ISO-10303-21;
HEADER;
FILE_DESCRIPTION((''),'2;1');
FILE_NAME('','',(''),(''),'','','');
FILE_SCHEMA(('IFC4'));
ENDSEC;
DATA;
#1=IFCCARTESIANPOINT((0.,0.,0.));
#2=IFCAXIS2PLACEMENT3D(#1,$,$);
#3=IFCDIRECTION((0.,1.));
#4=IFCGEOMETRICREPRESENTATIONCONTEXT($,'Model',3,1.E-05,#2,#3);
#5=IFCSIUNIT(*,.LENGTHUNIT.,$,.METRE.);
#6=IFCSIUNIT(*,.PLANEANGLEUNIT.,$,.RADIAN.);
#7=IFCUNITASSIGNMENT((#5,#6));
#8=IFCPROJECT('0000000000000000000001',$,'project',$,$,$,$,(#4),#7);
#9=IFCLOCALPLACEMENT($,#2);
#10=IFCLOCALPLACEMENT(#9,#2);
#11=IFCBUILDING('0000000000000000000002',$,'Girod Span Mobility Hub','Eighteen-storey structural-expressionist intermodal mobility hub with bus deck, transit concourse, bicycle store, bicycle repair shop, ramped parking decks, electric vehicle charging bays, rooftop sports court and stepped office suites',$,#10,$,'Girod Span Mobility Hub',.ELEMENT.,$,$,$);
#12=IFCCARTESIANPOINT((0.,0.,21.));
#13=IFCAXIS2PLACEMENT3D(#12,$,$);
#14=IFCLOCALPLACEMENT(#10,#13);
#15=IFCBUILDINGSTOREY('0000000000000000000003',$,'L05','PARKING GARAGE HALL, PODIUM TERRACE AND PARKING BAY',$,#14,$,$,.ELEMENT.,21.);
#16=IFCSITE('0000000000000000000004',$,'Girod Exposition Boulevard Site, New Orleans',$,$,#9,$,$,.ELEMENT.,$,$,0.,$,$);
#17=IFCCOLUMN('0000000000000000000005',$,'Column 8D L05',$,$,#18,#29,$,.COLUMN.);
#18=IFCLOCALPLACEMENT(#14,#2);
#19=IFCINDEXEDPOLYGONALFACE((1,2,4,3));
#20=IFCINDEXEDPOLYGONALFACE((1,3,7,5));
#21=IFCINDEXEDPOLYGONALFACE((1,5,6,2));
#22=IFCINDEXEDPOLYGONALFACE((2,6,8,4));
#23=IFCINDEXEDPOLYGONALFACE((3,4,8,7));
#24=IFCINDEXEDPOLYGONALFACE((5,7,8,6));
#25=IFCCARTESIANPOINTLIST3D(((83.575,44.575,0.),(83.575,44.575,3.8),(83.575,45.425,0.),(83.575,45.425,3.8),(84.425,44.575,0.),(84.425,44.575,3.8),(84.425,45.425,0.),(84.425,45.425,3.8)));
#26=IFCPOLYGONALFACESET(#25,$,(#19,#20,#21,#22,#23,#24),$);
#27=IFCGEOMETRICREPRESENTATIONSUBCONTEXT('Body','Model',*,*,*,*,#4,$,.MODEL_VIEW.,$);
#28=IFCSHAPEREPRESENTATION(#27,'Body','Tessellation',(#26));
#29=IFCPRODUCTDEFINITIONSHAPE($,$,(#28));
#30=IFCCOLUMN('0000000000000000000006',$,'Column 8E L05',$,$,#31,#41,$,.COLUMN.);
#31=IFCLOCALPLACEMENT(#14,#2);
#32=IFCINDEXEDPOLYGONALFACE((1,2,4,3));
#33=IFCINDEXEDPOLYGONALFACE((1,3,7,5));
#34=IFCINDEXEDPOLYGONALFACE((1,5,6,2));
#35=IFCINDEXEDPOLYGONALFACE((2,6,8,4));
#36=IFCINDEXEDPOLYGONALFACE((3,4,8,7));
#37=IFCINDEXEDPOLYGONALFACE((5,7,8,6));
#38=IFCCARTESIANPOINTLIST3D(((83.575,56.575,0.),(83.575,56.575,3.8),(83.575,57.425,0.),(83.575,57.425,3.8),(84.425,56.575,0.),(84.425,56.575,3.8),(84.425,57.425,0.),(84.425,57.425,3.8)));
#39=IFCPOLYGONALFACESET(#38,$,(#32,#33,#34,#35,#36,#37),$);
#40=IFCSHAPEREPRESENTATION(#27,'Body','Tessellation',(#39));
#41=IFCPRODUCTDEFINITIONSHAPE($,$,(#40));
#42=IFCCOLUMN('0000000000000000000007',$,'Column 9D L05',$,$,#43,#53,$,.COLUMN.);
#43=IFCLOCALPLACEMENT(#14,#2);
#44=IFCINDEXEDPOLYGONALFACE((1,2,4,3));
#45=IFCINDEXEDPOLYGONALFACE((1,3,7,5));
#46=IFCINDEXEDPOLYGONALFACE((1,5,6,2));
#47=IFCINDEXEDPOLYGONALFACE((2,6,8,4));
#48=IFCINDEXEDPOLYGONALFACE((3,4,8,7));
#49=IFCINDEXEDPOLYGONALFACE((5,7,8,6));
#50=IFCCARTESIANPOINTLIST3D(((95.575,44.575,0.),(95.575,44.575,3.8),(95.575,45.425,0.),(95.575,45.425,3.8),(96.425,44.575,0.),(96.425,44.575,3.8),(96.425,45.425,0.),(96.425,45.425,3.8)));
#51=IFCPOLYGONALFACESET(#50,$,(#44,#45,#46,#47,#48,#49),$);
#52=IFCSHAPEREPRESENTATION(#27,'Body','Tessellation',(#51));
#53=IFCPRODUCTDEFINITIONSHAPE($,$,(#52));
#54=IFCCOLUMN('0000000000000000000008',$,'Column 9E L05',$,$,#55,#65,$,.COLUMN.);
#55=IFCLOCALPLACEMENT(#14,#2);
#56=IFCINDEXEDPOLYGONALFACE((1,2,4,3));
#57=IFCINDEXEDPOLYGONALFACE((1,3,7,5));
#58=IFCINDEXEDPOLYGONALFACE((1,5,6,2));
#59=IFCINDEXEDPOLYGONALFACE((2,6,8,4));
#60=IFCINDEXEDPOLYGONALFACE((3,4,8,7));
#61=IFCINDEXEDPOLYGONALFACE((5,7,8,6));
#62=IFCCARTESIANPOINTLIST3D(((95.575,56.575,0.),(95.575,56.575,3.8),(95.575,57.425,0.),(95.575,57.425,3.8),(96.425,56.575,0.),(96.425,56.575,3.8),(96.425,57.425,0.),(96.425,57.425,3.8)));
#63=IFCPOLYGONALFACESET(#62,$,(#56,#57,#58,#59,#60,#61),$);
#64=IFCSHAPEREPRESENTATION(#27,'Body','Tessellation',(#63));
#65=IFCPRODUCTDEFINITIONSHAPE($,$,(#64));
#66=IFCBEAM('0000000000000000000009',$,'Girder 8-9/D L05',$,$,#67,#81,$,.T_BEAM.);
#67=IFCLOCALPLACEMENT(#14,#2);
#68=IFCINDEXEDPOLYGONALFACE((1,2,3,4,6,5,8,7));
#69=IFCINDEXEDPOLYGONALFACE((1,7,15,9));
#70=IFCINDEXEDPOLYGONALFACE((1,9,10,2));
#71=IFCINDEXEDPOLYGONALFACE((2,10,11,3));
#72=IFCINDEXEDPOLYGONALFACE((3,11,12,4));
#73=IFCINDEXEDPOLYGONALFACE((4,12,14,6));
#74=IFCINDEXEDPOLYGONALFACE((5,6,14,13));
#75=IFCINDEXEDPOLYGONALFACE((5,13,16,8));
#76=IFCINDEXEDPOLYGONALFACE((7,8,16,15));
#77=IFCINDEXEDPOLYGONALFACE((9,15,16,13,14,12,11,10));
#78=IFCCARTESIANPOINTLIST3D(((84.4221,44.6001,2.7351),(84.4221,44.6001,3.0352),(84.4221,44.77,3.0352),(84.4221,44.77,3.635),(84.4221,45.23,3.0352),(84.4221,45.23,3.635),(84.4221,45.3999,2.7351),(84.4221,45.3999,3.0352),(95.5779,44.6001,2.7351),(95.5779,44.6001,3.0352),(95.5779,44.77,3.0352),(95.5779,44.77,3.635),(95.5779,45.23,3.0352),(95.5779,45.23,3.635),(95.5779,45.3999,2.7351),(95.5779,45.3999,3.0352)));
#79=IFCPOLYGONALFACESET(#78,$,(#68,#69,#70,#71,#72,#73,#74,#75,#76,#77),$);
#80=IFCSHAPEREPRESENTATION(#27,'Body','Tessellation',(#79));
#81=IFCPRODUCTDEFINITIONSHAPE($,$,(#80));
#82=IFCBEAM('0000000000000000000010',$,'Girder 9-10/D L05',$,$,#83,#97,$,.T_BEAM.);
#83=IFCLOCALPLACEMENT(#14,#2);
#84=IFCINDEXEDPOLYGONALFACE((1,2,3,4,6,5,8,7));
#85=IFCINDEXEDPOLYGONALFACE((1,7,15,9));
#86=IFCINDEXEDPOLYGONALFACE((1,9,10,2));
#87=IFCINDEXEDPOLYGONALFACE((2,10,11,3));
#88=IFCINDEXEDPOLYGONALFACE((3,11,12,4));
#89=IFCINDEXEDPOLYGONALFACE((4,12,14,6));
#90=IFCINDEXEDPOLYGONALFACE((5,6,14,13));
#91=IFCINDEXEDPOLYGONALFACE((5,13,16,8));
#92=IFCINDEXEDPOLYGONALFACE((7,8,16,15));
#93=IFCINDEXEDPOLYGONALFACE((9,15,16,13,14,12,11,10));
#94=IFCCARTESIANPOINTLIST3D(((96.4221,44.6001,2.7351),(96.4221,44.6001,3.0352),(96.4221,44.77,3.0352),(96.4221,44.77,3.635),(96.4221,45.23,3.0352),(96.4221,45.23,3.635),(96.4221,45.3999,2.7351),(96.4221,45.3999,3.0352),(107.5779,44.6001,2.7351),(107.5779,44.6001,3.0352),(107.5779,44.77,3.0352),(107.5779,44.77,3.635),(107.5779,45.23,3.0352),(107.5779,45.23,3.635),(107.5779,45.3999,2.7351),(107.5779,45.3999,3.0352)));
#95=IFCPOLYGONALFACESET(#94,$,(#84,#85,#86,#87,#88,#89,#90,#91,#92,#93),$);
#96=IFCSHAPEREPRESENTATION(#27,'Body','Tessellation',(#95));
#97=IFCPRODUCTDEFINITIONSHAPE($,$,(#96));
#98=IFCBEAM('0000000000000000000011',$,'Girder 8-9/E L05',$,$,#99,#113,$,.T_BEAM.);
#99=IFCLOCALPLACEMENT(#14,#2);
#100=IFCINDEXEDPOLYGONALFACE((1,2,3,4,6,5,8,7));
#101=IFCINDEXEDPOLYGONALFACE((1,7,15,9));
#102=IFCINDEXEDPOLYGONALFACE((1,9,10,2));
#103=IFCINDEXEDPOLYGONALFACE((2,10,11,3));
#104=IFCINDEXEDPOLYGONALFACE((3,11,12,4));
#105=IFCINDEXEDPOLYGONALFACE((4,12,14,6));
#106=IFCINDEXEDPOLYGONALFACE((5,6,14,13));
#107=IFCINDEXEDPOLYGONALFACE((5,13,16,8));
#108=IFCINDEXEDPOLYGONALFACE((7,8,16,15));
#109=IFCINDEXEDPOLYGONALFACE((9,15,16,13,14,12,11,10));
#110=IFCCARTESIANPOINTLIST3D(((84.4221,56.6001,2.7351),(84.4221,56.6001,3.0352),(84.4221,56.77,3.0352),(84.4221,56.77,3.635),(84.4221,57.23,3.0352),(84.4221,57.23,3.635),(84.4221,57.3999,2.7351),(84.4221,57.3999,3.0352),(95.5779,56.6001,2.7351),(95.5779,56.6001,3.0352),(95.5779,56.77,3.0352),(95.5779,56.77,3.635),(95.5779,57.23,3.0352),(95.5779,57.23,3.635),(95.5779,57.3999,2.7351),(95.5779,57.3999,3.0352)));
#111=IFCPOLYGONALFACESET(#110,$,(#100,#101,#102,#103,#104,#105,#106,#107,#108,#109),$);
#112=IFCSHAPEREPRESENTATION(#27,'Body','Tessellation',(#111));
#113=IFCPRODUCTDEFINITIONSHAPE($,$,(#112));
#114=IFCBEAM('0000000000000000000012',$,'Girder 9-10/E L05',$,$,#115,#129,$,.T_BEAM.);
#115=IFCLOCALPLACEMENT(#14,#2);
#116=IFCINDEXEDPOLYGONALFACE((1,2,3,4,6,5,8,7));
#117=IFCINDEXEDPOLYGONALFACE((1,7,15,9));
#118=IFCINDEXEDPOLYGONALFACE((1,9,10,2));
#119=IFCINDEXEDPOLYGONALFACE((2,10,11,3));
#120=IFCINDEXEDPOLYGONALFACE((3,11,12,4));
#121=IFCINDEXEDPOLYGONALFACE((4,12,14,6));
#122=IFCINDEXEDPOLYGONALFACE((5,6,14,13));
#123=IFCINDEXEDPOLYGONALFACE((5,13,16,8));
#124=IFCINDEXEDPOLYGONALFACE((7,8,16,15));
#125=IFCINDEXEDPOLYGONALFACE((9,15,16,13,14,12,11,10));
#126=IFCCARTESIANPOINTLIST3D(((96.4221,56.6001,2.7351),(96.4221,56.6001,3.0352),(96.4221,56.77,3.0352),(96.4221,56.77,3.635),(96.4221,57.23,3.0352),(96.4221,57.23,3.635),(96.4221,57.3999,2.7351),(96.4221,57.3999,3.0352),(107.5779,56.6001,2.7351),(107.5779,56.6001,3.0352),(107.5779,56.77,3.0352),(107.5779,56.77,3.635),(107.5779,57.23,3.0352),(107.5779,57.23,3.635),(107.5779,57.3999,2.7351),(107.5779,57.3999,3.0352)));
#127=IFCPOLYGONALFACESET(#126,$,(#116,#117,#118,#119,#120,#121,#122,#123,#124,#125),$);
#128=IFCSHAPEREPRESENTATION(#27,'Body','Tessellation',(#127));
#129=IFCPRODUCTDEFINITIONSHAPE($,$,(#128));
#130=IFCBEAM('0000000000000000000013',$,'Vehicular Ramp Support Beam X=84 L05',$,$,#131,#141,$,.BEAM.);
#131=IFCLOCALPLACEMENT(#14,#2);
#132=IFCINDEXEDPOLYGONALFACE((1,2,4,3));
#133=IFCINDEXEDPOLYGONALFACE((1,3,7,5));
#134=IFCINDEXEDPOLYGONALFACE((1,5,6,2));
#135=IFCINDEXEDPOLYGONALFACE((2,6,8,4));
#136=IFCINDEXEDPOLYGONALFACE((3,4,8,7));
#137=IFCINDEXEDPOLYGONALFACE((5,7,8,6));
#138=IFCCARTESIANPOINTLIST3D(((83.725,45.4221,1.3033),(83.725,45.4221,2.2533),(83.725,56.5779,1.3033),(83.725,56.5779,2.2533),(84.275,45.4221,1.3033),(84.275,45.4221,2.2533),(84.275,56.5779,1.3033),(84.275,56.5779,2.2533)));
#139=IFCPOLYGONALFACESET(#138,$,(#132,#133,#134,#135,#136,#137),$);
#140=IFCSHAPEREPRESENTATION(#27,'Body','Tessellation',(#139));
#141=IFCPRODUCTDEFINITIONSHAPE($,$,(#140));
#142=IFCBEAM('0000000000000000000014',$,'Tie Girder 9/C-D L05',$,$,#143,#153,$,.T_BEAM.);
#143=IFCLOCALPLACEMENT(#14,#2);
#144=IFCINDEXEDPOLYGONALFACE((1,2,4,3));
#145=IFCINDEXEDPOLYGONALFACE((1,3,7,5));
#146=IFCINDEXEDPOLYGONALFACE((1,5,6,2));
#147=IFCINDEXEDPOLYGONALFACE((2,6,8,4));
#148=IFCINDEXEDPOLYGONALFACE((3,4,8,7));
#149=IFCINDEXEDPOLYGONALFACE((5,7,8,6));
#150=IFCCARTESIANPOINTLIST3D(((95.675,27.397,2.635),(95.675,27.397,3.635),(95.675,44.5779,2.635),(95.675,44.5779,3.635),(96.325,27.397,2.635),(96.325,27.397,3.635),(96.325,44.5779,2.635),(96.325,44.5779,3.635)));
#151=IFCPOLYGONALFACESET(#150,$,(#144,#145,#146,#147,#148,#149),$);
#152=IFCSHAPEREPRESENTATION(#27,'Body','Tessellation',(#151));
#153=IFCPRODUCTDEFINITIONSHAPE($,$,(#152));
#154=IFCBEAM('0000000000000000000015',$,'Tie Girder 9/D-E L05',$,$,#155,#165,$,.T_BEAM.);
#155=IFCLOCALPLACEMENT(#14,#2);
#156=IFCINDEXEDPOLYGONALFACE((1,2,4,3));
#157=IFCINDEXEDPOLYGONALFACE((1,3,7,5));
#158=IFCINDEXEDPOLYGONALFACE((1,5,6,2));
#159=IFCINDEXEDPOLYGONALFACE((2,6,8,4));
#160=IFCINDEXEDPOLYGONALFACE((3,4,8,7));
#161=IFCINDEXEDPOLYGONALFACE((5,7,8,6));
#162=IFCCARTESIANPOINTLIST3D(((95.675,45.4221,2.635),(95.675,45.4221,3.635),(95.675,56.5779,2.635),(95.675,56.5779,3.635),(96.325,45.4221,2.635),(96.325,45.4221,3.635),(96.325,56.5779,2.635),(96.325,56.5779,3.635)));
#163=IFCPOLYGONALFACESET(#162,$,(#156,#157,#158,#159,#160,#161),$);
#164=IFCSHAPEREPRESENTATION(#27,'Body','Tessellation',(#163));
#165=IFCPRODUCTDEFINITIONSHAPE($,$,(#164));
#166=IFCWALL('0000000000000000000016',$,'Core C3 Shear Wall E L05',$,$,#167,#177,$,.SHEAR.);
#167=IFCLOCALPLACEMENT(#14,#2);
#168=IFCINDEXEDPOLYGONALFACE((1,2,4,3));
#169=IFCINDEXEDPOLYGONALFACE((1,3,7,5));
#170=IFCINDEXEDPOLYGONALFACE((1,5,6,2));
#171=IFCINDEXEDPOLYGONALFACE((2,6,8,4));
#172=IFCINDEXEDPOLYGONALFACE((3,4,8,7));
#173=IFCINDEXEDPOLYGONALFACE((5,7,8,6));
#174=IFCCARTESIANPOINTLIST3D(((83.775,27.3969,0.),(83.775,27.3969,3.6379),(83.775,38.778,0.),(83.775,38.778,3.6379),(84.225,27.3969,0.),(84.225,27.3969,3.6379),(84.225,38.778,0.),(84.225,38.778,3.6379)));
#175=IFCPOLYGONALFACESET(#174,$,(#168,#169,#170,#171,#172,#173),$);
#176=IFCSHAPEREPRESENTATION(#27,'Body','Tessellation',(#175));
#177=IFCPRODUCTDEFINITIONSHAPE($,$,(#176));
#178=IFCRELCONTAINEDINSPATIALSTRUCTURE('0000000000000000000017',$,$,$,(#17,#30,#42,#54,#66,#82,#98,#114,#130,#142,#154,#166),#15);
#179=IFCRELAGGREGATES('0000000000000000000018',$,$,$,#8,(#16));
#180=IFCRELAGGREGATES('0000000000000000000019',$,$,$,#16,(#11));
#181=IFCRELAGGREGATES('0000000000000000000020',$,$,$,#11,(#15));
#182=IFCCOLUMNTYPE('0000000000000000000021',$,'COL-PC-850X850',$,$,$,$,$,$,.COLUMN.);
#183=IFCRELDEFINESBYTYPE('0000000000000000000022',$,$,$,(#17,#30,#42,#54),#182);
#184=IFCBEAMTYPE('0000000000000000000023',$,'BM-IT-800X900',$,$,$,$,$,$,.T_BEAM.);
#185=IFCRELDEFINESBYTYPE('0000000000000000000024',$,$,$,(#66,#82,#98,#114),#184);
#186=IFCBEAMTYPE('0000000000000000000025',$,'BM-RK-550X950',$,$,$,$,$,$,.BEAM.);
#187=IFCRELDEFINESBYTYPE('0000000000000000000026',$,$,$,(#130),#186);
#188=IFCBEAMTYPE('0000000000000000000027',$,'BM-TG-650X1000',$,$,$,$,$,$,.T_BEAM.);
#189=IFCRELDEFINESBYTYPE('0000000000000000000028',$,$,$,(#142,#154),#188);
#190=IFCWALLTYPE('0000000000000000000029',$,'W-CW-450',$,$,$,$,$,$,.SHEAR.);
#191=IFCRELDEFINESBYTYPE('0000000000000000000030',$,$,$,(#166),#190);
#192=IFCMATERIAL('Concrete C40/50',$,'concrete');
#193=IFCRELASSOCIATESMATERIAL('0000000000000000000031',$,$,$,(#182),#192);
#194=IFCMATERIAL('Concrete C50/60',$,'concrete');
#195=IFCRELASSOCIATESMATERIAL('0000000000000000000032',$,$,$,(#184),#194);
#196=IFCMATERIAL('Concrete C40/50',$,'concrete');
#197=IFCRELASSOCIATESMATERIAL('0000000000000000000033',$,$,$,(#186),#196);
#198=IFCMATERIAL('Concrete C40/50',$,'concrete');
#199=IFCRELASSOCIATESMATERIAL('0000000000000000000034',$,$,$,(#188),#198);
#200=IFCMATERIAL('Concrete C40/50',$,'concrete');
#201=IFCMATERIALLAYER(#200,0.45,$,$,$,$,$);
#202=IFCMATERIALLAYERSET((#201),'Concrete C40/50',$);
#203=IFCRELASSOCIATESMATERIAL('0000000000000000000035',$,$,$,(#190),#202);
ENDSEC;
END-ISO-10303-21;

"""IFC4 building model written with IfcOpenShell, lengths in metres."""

from ifc_helpers import new_model, si_unit, direction, frame, frame_2d, origin, origin_2d, place, context, subcontext, project, spatial, polyline, rectangle, outline, extrude, material, layer, layer_set, material_profile, profile_set, type_object, element, save


model = new_model("IFC4")

# Units and contexts
model_context = context("Model", 3, precision=1e-05, world=origin(), true_north=direction((0.0, 1.0)))
body_context = subcontext(model_context, "Body", "Model", "MODEL_VIEW")
ifc_project = project(units=[si_unit("LENGTHUNIT", "METRE"), si_unit("PLANEANGLEUNIT", "RADIAN")], contexts=[model_context])

# Site, building, storey
site_placement = place(None, origin())
site = spatial("IfcSite", under=ifc_project, at=site_placement, Name="Girod Exposition Boulevard Site, New Orleans", CompositionType="ELEMENT", RefElevation=0.0)
building_placement = place(site_placement, origin())
building = spatial("IfcBuilding", under=site, at=building_placement, Name="Girod Span Mobility Hub", Description="Eighteen-storey structural-expressionist intermodal mobility hub with bus deck, transit concourse, bicycle store, bicycle repair shop, ramped parking decks, electric vehicle charging bays, rooftop sports court and stepped office suites", LongName="Girod Span Mobility Hub", CompositionType="ELEMENT")
storey_placement = place(building_placement, frame((0.0, 0.0, 21.0)))
storey = spatial("IfcBuildingStorey", under=building, at=storey_placement, Name="L05", Description="PARKING GARAGE HALL, PODIUM TERRACE AND PARKING BAY", CompositionType="ELEMENT", Elevation=21.0)

# Columns
ifc_material_1 = material(Name="Concrete C40/50", Category="concrete")
ifc_material_profile_1 = material_profile(ifc_material_1, rectangle(XDim=0.8501, YDim=0.8501, at=origin_2d()), Name="PC-COL-850X850")
ifc_profile_set_1 = profile_set([ifc_material_profile_1], Name="Concrete C40/50")
column_type = type_object("IfcColumnType", Name="COL-PC-850X850", PredefinedType="COLUMN", material=ifc_profile_set_1)
for number, where, z_axis, x_axis, name in (
    (1, (84.0, 45.0, 0.0), (0.0, 0.0, 1.0), (1.0, 0.0, 0.0), "Column 8D L05"),
    (2, (84.0, 57.0, 0.0), (0.0, 0.0, 1.0), (1.0, 0.0, 0.0), "Column 8E L05"),
    (3, (96.0, 45.0, 0.0), (0.0, 0.0, 1.0), (1.0, 0.0, 0.0), "Column 9D L05"),
    (4, (96.0, 57.0, 0.0), (0.0, 0.0, 1.0), (1.0, 0.0, 0.0), "Column 9E L05"),
):
    element("IfcColumn", number, at=place(storey_placement, frame(where, z_axis=z_axis, x_axis=x_axis)), inside=storey, type_object=column_type, Name=name, PredefinedType="COLUMN", context=body_context, shape_type="SweptSolid", body=[
        extrude(rectangle(XDim=0.8501, YDim=0.8501, at=origin_2d()), origin(), (0.0, 0.0, 1.0), 3.8),
    ])

# Beams
ifc_material_2 = material(Name="Concrete C50/60", Category="concrete")
ifc_material_profile_2 = material_profile(ifc_material_2, outline(polyline([(-0.3999, -0.45), (0.3999, -0.45), (0.3999, -0.1499), (0.23, -0.1499), (0.23, 0.45), (-0.23, 0.45), (-0.23, -0.1499), (-0.3999, -0.1499), (-0.3999, -0.45)])), Name="IT-800X900")
ifc_profile_set_2 = profile_set([ifc_material_profile_2], Name="Concrete C50/60")
beam_type_1 = type_object("IfcBeamType", Name="BM-IT-800X900", PredefinedType="T_BEAM", material=ifc_profile_set_2)
for number, where, z_axis, x_axis, name in (
    (5, (84.4221, 45.0, 3.1851), (1.0, 0.0, 0.0), (0.0, 1.0, 0.0), "Girder 8-9/D L05"),
    (6, (96.4221, 45.0, 3.1851), (1.0, 0.0, 0.0), (0.0, 1.0, 0.0), "Girder 9-10/D L05"),
    (7, (84.4221, 57.0, 3.1851), (1.0, 0.0, 0.0), (0.0, 1.0, 0.0), "Girder 8-9/E L05"),
    (8, (96.4221, 57.0, 3.1851), (1.0, 0.0, 0.0), (0.0, 1.0, 0.0), "Girder 9-10/E L05"),
):
    element("IfcBeam", number, at=place(storey_placement, frame(where, z_axis=z_axis, x_axis=x_axis)), inside=storey, type_object=beam_type_1, Name=name, PredefinedType="T_BEAM", context=body_context, shape_type="SweptSolid", body=[
        extrude(outline(polyline([(-0.3999, -0.45), (0.3999, -0.45), (0.3999, -0.1499), (0.23, -0.1499), (0.23, 0.45), (-0.23, 0.45), (-0.23, -0.1499), (-0.3999, -0.1499), (-0.3999, -0.45)])), origin(), (0.0, 0.0, 1.0), 11.1558),
    ])
ifc_material_3 = material(Name="Concrete C40/50", Category="concrete")
ifc_material_profile_3 = material_profile(ifc_material_3, rectangle(XDim=0.55, YDim=0.95, at=origin_2d()), Name="RK-550X950")
ifc_profile_set_3 = profile_set([ifc_material_profile_3], Name="Concrete C40/50")
beam_type_2 = type_object("IfcBeamType", Name="BM-RK-550X950", PredefinedType="BEAM", material=ifc_profile_set_3)
beam_1_placement = place(storey_placement, frame((84.0, 45.4221, 1.7783), z_axis=(0.0, 1.0, 0.0), x_axis=(-1.0, 0.0, 0.0)))
element("IfcBeam", 9, at=beam_1_placement, inside=storey, type_object=beam_type_2, Name="Vehicular Ramp Support Beam X=84 L05", PredefinedType="BEAM", context=body_context, shape_type="SweptSolid", body=[
    extrude(rectangle(XDim=0.55, YDim=0.95, at=origin_2d()), origin(), (0.0, 0.0, 1.0), 11.1558),
])
ifc_material_4 = material(Name="Concrete C40/50", Category="concrete")
ifc_material_profile_4 = material_profile(ifc_material_4, rectangle(XDim=0.6499, YDim=1.0, at=origin_2d()), Name="TG-650X1000")
ifc_profile_set_4 = profile_set([ifc_material_profile_4], Name="Concrete C40/50")
beam_type_3 = type_object("IfcBeamType", Name="BM-TG-650X1000", PredefinedType="T_BEAM", material=ifc_profile_set_4)
beam_2_placement = place(storey_placement, frame((96.0, 27.397, 3.135), z_axis=(0.0, 1.0, 0.0), x_axis=(-1.0, 0.0, 0.0)))
element("IfcBeam", 10, at=beam_2_placement, inside=storey, type_object=beam_type_3, Name="Tie Girder 9/C-D L05", PredefinedType="T_BEAM", context=body_context, shape_type="SweptSolid", body=[
    extrude(rectangle(XDim=0.6499, YDim=1.0, at=origin_2d()), origin(), (0.0, 0.0, 1.0), 17.1809),
])
beam_3_placement = place(storey_placement, frame((96.0, 45.4221, 3.135), z_axis=(0.0, 1.0, 0.0), x_axis=(-1.0, 0.0, 0.0)))
element("IfcBeam", 11, at=beam_3_placement, inside=storey, type_object=beam_type_3, Name="Tie Girder 9/D-E L05", PredefinedType="T_BEAM", context=body_context, shape_type="SweptSolid", body=[
    extrude(rectangle(XDim=0.6499, YDim=1.0, at=origin_2d()), origin(), (0.0, 0.0, 1.0), 11.1558),
])

# Wall
ifc_material_5 = material(Name="Concrete C40/50", Category="concrete")
ifc_layer_1 = layer(ifc_material_5, 0.45)
ifc_layer_set_1 = layer_set([ifc_layer_1], Name="Concrete C40/50")
wall_type_1 = type_object("IfcWallType", Name="W-CW-450", PredefinedType="SHEAR", material=ifc_layer_set_1)
wall_1_placement = place(storey_placement, frame((84.0, 27.397, 0.0), z_axis=(0.0, 0.0, 1.0), x_axis=(0.0, 1.0, 0.0)))
element("IfcWall", 12, at=wall_1_placement, inside=storey, type_object=wall_type_1, Name="Core C3 Shear Wall E L05", PredefinedType="SHEAR", context=body_context, shape_type="SweptSolid", body=[
    extrude(rectangle(XDim=11.3811, YDim=0.45, at=frame_2d((5.6904, 0.0))), origin(), (0.0, 0.0, 1.0), 3.6379),
])

save(model, "model.ifc")
